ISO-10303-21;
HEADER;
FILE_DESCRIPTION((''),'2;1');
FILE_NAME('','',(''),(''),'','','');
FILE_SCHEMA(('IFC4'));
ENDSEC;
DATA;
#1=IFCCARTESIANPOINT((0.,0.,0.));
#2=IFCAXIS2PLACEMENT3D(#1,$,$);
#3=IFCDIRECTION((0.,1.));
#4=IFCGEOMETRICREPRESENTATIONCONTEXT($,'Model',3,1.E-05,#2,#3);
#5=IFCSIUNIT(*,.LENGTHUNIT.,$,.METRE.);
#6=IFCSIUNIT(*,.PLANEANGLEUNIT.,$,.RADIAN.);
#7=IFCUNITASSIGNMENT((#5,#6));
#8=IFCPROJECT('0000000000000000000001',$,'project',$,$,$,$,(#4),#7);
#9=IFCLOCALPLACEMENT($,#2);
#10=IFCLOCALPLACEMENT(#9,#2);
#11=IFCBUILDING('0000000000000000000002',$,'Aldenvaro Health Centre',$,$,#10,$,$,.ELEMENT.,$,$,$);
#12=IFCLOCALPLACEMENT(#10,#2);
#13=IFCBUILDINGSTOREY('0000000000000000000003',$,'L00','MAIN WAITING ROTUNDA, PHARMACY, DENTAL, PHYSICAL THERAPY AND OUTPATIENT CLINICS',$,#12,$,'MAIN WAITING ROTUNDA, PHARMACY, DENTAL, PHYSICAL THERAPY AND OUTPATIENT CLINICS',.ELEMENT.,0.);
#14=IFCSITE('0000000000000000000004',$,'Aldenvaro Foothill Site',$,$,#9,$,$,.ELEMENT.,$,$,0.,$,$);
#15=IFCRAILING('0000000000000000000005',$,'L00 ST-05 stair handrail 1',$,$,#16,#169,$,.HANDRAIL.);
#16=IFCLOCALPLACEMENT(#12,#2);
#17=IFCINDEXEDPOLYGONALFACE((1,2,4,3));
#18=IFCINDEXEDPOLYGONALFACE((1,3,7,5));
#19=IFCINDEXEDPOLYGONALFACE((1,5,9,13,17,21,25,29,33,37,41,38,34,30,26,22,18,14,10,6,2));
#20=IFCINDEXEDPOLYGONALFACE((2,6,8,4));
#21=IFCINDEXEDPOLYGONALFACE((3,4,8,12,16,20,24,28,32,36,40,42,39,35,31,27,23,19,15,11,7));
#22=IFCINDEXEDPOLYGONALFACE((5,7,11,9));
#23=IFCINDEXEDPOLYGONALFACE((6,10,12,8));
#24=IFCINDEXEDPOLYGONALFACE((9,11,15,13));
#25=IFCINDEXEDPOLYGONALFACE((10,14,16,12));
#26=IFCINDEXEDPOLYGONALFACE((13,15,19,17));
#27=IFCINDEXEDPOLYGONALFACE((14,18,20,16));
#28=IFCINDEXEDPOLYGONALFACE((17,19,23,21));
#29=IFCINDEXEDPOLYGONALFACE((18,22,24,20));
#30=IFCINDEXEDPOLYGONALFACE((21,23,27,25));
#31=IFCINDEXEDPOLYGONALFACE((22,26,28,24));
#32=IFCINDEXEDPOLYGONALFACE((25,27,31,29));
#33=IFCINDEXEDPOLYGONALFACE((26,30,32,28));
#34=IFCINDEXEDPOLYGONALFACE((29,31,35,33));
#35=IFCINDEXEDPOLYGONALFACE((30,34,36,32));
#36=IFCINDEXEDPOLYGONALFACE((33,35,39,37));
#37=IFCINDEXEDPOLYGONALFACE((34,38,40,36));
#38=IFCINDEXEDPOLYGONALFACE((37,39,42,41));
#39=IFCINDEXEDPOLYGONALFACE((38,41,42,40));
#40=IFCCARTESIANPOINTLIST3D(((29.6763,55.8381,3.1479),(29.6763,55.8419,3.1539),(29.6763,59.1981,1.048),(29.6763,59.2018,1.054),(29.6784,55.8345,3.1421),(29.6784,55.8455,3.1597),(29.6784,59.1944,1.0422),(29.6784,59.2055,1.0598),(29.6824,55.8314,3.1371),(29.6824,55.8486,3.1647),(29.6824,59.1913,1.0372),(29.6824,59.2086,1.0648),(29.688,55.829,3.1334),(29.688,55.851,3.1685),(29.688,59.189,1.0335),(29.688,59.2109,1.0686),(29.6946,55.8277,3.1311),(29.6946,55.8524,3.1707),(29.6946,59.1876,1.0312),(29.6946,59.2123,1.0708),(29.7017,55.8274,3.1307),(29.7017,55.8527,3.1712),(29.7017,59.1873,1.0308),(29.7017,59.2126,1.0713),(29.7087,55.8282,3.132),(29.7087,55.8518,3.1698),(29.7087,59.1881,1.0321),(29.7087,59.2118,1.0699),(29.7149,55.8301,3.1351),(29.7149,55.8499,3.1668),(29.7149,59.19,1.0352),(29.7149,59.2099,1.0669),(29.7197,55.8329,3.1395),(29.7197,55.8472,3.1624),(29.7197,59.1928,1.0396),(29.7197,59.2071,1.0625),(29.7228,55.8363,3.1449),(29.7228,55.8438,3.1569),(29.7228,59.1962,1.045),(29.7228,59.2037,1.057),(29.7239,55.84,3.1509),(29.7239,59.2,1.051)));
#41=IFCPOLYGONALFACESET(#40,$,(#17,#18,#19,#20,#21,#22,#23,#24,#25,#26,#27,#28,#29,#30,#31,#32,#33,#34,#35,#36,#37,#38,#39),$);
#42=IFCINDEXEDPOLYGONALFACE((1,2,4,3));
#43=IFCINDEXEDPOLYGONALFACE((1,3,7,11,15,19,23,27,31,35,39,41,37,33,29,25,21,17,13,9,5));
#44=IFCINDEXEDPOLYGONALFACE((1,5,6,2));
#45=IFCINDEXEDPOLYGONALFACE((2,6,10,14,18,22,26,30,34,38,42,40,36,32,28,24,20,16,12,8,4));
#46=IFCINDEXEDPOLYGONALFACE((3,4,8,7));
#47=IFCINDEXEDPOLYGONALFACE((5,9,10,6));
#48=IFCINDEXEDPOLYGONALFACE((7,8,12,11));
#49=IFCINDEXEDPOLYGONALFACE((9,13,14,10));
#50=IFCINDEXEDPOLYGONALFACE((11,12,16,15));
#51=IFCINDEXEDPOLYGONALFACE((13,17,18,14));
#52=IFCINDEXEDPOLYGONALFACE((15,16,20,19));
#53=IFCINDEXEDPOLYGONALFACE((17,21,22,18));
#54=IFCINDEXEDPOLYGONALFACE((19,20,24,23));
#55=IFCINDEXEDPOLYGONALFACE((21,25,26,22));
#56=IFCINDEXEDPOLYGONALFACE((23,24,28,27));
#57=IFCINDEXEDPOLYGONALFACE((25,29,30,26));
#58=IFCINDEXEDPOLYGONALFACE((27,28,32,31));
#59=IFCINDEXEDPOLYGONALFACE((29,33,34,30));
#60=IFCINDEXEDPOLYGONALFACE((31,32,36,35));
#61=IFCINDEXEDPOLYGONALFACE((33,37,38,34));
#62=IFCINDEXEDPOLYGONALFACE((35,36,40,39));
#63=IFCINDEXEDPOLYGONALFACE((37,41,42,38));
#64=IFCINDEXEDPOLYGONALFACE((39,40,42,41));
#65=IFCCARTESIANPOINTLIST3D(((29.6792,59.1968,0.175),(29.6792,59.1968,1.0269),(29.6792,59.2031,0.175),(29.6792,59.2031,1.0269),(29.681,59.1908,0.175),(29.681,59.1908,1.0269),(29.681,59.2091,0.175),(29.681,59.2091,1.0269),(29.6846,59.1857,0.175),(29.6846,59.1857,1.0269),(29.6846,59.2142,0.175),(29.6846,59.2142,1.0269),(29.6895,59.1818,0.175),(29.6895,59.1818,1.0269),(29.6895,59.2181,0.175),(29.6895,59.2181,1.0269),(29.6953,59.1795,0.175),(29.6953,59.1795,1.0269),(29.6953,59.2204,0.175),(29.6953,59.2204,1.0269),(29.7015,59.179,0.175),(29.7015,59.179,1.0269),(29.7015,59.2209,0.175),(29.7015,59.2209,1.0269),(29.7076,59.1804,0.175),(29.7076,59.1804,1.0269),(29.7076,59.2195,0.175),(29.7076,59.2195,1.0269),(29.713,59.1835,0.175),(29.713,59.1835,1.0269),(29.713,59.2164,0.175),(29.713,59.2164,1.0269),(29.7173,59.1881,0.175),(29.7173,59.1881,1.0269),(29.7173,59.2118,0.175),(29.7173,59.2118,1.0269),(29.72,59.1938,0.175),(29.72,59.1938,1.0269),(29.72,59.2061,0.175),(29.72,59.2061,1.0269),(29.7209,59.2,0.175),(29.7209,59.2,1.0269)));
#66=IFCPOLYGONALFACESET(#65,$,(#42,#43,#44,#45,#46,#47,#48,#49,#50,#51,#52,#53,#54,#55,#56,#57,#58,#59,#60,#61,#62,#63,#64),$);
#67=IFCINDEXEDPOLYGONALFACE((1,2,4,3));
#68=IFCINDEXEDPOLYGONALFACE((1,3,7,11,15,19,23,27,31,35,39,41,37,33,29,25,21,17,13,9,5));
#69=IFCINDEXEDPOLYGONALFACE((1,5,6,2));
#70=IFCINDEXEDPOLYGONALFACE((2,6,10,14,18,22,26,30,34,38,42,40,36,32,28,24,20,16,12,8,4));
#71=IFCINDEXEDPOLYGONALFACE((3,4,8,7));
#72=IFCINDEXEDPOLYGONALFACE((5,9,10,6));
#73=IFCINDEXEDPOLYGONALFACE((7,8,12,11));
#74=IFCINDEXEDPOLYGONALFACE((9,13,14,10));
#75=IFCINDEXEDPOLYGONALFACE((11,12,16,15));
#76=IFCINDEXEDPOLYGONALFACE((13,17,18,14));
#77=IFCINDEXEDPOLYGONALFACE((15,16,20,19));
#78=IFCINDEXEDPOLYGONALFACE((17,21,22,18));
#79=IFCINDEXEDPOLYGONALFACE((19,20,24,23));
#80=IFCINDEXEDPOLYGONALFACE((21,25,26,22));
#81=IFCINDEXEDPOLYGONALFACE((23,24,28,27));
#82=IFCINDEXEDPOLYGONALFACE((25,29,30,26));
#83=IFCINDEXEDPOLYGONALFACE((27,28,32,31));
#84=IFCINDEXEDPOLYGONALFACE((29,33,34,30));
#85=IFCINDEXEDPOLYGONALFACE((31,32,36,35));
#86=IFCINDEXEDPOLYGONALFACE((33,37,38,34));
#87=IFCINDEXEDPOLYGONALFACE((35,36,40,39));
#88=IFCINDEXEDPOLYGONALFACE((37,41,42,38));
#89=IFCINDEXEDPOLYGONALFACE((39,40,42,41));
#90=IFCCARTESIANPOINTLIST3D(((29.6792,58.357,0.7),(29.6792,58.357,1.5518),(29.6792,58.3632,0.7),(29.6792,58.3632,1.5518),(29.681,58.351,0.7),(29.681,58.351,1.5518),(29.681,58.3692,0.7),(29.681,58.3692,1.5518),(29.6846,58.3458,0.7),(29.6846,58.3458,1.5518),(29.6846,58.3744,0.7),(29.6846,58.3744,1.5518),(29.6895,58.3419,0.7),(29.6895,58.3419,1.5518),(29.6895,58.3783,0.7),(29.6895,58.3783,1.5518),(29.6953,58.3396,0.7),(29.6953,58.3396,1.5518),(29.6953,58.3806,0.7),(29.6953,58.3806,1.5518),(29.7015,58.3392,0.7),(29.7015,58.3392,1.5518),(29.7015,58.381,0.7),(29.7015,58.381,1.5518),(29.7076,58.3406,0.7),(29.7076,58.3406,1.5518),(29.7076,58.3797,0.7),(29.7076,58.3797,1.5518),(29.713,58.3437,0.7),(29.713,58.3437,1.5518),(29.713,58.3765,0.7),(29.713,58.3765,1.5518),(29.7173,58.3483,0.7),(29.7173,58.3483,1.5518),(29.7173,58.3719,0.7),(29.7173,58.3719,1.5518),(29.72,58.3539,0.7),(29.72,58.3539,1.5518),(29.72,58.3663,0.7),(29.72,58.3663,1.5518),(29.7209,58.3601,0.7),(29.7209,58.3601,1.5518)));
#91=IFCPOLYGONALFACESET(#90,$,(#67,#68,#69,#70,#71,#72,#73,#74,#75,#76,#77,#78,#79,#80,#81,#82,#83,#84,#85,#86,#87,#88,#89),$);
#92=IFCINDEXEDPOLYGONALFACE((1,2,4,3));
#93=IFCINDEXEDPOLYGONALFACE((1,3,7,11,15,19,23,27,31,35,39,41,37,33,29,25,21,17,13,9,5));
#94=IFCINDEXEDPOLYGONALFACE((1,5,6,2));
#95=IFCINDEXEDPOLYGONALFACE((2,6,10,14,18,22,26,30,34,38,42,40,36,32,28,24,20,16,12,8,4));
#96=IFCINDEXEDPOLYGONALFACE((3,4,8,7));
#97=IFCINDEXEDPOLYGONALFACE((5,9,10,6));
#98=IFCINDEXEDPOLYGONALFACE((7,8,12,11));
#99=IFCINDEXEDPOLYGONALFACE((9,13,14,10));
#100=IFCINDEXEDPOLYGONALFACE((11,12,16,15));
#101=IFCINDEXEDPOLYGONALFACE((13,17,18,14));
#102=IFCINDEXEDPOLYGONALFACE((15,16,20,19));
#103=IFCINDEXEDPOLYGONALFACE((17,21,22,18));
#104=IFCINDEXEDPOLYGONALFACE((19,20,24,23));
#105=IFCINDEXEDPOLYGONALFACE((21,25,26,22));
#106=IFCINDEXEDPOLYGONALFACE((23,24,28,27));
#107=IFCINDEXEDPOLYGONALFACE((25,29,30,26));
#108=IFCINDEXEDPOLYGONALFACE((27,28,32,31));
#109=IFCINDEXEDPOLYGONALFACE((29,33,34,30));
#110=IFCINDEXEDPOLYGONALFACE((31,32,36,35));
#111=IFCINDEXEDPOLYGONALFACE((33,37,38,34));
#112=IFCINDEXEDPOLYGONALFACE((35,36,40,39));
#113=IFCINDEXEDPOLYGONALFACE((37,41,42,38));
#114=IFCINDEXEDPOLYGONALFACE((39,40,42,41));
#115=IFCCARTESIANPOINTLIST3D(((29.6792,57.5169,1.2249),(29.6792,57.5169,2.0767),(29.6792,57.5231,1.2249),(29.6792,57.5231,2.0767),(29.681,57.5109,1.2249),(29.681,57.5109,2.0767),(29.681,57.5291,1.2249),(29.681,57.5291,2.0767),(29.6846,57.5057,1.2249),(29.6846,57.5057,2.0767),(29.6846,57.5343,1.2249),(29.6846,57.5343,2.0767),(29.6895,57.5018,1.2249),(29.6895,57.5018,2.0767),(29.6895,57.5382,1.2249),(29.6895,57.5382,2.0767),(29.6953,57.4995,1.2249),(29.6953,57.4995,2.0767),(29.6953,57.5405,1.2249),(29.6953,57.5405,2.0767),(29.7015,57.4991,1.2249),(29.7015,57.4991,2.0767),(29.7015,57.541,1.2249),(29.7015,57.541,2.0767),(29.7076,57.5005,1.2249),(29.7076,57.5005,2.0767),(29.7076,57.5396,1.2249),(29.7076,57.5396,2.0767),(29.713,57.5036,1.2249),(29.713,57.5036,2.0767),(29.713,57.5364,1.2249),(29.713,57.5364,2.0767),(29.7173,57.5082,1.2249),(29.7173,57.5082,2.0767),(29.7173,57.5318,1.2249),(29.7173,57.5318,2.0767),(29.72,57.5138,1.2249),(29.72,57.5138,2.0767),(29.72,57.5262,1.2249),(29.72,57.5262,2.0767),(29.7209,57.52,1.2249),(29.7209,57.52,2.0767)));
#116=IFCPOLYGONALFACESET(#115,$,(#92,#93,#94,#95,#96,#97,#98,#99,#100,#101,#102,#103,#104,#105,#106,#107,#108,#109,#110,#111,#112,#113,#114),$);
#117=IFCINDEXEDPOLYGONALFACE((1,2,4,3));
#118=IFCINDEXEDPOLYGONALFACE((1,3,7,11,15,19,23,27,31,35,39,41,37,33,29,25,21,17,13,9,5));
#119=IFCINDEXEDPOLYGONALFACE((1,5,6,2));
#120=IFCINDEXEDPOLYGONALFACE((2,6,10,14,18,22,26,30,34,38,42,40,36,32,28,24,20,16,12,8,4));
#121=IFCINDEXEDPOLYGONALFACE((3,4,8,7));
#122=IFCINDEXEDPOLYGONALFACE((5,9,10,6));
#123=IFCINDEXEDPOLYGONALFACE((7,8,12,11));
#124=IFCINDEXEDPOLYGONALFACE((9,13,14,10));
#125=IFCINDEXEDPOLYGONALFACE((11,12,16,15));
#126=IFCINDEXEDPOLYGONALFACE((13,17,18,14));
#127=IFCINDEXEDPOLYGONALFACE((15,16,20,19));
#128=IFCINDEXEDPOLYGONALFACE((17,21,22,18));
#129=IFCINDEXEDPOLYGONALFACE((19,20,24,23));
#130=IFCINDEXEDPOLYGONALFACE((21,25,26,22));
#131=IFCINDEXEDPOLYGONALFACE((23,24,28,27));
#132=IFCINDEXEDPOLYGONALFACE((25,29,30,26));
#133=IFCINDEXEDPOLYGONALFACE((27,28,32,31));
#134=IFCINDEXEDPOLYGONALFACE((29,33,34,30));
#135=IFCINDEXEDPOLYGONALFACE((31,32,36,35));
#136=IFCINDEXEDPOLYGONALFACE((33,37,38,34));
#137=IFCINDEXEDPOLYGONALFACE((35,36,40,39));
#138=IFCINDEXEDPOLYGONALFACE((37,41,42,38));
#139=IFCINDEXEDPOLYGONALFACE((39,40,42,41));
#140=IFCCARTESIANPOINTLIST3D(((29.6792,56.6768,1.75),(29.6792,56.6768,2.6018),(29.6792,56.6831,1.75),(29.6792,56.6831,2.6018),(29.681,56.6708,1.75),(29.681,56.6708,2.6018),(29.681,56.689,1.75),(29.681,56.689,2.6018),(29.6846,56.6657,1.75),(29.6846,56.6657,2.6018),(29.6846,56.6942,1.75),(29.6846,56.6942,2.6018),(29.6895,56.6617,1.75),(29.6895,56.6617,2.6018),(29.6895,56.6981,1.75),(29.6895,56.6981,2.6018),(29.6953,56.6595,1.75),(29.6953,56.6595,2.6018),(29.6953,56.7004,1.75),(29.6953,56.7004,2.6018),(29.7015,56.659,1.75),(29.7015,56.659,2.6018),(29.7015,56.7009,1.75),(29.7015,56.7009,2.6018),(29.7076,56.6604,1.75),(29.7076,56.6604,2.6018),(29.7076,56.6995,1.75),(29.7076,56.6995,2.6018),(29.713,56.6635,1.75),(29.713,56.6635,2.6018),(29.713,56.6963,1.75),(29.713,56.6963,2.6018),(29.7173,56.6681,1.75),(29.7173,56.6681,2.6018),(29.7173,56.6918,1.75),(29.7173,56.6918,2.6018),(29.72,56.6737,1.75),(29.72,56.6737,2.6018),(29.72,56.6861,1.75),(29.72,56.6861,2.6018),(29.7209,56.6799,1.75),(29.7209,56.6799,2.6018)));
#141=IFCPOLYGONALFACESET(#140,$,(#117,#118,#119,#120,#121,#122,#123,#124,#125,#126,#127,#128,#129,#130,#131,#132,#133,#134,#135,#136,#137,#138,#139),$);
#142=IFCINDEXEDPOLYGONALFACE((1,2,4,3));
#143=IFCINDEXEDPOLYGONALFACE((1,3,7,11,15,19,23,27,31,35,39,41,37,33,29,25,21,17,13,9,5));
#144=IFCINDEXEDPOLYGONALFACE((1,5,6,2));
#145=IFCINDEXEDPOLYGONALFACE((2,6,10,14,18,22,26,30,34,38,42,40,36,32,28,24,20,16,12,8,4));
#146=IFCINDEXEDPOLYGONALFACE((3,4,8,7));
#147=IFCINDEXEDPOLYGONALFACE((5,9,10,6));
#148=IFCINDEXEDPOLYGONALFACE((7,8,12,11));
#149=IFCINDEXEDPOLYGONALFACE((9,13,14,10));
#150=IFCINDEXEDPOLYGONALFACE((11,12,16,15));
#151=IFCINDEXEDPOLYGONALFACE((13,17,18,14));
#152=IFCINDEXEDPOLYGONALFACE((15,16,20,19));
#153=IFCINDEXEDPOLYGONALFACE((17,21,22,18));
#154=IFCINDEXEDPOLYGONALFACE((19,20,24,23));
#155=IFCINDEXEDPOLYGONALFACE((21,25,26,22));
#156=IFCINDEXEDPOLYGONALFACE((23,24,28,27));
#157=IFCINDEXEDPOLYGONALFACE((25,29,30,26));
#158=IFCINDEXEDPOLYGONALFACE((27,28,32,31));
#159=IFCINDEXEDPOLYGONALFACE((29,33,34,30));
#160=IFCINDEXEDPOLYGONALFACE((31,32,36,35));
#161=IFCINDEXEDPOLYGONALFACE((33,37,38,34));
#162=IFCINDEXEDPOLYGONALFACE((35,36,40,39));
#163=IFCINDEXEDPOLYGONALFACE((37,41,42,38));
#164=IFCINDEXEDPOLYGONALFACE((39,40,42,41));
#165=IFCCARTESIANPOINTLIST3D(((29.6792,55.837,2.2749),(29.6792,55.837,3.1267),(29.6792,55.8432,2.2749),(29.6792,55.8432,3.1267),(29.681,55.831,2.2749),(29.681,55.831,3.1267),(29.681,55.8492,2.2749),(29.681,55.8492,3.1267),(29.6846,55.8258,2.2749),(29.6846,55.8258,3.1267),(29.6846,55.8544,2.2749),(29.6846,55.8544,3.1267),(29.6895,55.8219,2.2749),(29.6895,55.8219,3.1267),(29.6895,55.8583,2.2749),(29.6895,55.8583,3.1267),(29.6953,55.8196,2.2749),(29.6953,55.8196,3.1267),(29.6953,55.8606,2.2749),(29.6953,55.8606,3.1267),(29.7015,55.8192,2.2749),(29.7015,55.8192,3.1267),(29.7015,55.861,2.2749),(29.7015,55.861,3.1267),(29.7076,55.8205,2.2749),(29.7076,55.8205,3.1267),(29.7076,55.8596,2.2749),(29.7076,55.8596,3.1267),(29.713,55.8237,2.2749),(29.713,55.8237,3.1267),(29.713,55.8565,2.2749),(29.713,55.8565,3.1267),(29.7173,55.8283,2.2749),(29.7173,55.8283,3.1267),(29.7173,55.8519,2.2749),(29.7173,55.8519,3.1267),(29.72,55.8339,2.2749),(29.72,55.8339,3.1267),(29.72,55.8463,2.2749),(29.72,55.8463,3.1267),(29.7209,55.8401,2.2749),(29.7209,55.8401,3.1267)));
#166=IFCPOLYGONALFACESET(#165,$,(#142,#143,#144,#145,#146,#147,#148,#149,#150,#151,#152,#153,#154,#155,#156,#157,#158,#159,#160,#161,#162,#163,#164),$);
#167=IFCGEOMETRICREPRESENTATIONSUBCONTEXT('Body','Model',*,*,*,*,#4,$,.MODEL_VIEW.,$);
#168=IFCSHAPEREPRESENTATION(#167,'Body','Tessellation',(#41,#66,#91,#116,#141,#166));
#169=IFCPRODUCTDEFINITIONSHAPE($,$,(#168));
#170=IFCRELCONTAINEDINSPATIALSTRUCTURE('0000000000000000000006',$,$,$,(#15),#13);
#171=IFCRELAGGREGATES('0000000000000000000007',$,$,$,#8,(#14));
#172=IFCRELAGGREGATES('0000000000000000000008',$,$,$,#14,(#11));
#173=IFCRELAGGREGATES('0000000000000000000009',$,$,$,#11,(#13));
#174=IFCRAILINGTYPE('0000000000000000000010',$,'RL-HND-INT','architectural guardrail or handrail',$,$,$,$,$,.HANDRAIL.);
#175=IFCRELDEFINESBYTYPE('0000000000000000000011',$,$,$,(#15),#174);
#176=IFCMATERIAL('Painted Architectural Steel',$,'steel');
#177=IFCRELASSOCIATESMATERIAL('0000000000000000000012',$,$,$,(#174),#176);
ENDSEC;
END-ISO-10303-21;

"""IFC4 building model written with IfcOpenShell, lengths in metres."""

from ifc_helpers import new_model, si_unit, direction, frame, origin, origin_2d, place, context, subcontext, project, spatial, circle, extrude, material, type_object, element, save


model = new_model("IFC4")

# Units and contexts
model_context = context("Model", 3, precision=1e-05, world=origin(), true_north=direction((0.0, 1.0)))
body_context = subcontext(model_context, "Body", "Model", "MODEL_VIEW")
ifc_project = project(units=[si_unit("LENGTHUNIT", "METRE"), si_unit("PLANEANGLEUNIT", "RADIAN")], contexts=[model_context])

# Site, building, storey
site_placement = place(None, origin())
site = spatial("IfcSite", under=ifc_project, at=site_placement, Name="Aldenvaro Foothill Site", CompositionType="ELEMENT", RefElevation=0.0)
building_placement = place(site_placement, origin())
building = spatial("IfcBuilding", under=site, at=building_placement, Name="Aldenvaro Health Centre", CompositionType="ELEMENT")
storey_placement = place(building_placement, origin())
storey = spatial("IfcBuildingStorey", under=building, at=storey_placement, Name="L00", Description="MAIN WAITING ROTUNDA, PHARMACY, DENTAL, PHYSICAL THERAPY AND OUTPATIENT CLINICS", LongName="MAIN WAITING ROTUNDA, PHARMACY, DENTAL, PHYSICAL THERAPY AND OUTPATIENT CLINICS", CompositionType="ELEMENT", Elevation=0.0)

# Railing
ifc_material_1 = material(Name="Painted Architectural Steel", Category="steel")
railing_type_1 = type_object("IfcRailingType", Name="RL-HND-INT", Description="architectural guardrail or handrail", PredefinedType="HANDRAIL", material=ifc_material_1)
railing_1_placement = place(storey_placement, frame((29.7, 59.2, 0.175)))
element("IfcRailing", 1, at=railing_1_placement, inside=storey, type_object=railing_type_1, Name="L00 ST-05 stair handrail 1", PredefinedType="HANDRAIL", context=body_context, shape_type="SweptSolid", body=[
    extrude(circle(Radius=0.0239, at=origin_2d()), frame((0.0, 0.0, 0.876), z_axis=(0.0, -0.848005, 0.529988), x_axis=(1.0, 0.0, 0.0)), (0.0, 0.0, 1.0), 3.9622),
    extrude(circle(Radius=0.021, at=origin_2d()), origin(), (0.0, 0.0, 1.0), 0.8518),
    extrude(circle(Radius=0.021, at=origin_2d()), frame((0.0, -0.8398, 0.5249)), (0.0, 0.0, 1.0), 0.8518),
    extrude(circle(Radius=0.021, at=origin_2d()), frame((0.0, -1.6799, 1.0498)), (0.0, 0.0, 1.0), 0.8518),
    extrude(circle(Radius=0.021, at=origin_2d()), frame((0.0, -2.52, 1.575)), (0.0, 0.0, 1.0), 0.8518),
    extrude(circle(Radius=0.021, at=origin_2d()), frame((0.0, -3.3599, 2.0999)), (0.0, 0.0, 1.0), 0.8518),
])

save(model, "model.ifc")
